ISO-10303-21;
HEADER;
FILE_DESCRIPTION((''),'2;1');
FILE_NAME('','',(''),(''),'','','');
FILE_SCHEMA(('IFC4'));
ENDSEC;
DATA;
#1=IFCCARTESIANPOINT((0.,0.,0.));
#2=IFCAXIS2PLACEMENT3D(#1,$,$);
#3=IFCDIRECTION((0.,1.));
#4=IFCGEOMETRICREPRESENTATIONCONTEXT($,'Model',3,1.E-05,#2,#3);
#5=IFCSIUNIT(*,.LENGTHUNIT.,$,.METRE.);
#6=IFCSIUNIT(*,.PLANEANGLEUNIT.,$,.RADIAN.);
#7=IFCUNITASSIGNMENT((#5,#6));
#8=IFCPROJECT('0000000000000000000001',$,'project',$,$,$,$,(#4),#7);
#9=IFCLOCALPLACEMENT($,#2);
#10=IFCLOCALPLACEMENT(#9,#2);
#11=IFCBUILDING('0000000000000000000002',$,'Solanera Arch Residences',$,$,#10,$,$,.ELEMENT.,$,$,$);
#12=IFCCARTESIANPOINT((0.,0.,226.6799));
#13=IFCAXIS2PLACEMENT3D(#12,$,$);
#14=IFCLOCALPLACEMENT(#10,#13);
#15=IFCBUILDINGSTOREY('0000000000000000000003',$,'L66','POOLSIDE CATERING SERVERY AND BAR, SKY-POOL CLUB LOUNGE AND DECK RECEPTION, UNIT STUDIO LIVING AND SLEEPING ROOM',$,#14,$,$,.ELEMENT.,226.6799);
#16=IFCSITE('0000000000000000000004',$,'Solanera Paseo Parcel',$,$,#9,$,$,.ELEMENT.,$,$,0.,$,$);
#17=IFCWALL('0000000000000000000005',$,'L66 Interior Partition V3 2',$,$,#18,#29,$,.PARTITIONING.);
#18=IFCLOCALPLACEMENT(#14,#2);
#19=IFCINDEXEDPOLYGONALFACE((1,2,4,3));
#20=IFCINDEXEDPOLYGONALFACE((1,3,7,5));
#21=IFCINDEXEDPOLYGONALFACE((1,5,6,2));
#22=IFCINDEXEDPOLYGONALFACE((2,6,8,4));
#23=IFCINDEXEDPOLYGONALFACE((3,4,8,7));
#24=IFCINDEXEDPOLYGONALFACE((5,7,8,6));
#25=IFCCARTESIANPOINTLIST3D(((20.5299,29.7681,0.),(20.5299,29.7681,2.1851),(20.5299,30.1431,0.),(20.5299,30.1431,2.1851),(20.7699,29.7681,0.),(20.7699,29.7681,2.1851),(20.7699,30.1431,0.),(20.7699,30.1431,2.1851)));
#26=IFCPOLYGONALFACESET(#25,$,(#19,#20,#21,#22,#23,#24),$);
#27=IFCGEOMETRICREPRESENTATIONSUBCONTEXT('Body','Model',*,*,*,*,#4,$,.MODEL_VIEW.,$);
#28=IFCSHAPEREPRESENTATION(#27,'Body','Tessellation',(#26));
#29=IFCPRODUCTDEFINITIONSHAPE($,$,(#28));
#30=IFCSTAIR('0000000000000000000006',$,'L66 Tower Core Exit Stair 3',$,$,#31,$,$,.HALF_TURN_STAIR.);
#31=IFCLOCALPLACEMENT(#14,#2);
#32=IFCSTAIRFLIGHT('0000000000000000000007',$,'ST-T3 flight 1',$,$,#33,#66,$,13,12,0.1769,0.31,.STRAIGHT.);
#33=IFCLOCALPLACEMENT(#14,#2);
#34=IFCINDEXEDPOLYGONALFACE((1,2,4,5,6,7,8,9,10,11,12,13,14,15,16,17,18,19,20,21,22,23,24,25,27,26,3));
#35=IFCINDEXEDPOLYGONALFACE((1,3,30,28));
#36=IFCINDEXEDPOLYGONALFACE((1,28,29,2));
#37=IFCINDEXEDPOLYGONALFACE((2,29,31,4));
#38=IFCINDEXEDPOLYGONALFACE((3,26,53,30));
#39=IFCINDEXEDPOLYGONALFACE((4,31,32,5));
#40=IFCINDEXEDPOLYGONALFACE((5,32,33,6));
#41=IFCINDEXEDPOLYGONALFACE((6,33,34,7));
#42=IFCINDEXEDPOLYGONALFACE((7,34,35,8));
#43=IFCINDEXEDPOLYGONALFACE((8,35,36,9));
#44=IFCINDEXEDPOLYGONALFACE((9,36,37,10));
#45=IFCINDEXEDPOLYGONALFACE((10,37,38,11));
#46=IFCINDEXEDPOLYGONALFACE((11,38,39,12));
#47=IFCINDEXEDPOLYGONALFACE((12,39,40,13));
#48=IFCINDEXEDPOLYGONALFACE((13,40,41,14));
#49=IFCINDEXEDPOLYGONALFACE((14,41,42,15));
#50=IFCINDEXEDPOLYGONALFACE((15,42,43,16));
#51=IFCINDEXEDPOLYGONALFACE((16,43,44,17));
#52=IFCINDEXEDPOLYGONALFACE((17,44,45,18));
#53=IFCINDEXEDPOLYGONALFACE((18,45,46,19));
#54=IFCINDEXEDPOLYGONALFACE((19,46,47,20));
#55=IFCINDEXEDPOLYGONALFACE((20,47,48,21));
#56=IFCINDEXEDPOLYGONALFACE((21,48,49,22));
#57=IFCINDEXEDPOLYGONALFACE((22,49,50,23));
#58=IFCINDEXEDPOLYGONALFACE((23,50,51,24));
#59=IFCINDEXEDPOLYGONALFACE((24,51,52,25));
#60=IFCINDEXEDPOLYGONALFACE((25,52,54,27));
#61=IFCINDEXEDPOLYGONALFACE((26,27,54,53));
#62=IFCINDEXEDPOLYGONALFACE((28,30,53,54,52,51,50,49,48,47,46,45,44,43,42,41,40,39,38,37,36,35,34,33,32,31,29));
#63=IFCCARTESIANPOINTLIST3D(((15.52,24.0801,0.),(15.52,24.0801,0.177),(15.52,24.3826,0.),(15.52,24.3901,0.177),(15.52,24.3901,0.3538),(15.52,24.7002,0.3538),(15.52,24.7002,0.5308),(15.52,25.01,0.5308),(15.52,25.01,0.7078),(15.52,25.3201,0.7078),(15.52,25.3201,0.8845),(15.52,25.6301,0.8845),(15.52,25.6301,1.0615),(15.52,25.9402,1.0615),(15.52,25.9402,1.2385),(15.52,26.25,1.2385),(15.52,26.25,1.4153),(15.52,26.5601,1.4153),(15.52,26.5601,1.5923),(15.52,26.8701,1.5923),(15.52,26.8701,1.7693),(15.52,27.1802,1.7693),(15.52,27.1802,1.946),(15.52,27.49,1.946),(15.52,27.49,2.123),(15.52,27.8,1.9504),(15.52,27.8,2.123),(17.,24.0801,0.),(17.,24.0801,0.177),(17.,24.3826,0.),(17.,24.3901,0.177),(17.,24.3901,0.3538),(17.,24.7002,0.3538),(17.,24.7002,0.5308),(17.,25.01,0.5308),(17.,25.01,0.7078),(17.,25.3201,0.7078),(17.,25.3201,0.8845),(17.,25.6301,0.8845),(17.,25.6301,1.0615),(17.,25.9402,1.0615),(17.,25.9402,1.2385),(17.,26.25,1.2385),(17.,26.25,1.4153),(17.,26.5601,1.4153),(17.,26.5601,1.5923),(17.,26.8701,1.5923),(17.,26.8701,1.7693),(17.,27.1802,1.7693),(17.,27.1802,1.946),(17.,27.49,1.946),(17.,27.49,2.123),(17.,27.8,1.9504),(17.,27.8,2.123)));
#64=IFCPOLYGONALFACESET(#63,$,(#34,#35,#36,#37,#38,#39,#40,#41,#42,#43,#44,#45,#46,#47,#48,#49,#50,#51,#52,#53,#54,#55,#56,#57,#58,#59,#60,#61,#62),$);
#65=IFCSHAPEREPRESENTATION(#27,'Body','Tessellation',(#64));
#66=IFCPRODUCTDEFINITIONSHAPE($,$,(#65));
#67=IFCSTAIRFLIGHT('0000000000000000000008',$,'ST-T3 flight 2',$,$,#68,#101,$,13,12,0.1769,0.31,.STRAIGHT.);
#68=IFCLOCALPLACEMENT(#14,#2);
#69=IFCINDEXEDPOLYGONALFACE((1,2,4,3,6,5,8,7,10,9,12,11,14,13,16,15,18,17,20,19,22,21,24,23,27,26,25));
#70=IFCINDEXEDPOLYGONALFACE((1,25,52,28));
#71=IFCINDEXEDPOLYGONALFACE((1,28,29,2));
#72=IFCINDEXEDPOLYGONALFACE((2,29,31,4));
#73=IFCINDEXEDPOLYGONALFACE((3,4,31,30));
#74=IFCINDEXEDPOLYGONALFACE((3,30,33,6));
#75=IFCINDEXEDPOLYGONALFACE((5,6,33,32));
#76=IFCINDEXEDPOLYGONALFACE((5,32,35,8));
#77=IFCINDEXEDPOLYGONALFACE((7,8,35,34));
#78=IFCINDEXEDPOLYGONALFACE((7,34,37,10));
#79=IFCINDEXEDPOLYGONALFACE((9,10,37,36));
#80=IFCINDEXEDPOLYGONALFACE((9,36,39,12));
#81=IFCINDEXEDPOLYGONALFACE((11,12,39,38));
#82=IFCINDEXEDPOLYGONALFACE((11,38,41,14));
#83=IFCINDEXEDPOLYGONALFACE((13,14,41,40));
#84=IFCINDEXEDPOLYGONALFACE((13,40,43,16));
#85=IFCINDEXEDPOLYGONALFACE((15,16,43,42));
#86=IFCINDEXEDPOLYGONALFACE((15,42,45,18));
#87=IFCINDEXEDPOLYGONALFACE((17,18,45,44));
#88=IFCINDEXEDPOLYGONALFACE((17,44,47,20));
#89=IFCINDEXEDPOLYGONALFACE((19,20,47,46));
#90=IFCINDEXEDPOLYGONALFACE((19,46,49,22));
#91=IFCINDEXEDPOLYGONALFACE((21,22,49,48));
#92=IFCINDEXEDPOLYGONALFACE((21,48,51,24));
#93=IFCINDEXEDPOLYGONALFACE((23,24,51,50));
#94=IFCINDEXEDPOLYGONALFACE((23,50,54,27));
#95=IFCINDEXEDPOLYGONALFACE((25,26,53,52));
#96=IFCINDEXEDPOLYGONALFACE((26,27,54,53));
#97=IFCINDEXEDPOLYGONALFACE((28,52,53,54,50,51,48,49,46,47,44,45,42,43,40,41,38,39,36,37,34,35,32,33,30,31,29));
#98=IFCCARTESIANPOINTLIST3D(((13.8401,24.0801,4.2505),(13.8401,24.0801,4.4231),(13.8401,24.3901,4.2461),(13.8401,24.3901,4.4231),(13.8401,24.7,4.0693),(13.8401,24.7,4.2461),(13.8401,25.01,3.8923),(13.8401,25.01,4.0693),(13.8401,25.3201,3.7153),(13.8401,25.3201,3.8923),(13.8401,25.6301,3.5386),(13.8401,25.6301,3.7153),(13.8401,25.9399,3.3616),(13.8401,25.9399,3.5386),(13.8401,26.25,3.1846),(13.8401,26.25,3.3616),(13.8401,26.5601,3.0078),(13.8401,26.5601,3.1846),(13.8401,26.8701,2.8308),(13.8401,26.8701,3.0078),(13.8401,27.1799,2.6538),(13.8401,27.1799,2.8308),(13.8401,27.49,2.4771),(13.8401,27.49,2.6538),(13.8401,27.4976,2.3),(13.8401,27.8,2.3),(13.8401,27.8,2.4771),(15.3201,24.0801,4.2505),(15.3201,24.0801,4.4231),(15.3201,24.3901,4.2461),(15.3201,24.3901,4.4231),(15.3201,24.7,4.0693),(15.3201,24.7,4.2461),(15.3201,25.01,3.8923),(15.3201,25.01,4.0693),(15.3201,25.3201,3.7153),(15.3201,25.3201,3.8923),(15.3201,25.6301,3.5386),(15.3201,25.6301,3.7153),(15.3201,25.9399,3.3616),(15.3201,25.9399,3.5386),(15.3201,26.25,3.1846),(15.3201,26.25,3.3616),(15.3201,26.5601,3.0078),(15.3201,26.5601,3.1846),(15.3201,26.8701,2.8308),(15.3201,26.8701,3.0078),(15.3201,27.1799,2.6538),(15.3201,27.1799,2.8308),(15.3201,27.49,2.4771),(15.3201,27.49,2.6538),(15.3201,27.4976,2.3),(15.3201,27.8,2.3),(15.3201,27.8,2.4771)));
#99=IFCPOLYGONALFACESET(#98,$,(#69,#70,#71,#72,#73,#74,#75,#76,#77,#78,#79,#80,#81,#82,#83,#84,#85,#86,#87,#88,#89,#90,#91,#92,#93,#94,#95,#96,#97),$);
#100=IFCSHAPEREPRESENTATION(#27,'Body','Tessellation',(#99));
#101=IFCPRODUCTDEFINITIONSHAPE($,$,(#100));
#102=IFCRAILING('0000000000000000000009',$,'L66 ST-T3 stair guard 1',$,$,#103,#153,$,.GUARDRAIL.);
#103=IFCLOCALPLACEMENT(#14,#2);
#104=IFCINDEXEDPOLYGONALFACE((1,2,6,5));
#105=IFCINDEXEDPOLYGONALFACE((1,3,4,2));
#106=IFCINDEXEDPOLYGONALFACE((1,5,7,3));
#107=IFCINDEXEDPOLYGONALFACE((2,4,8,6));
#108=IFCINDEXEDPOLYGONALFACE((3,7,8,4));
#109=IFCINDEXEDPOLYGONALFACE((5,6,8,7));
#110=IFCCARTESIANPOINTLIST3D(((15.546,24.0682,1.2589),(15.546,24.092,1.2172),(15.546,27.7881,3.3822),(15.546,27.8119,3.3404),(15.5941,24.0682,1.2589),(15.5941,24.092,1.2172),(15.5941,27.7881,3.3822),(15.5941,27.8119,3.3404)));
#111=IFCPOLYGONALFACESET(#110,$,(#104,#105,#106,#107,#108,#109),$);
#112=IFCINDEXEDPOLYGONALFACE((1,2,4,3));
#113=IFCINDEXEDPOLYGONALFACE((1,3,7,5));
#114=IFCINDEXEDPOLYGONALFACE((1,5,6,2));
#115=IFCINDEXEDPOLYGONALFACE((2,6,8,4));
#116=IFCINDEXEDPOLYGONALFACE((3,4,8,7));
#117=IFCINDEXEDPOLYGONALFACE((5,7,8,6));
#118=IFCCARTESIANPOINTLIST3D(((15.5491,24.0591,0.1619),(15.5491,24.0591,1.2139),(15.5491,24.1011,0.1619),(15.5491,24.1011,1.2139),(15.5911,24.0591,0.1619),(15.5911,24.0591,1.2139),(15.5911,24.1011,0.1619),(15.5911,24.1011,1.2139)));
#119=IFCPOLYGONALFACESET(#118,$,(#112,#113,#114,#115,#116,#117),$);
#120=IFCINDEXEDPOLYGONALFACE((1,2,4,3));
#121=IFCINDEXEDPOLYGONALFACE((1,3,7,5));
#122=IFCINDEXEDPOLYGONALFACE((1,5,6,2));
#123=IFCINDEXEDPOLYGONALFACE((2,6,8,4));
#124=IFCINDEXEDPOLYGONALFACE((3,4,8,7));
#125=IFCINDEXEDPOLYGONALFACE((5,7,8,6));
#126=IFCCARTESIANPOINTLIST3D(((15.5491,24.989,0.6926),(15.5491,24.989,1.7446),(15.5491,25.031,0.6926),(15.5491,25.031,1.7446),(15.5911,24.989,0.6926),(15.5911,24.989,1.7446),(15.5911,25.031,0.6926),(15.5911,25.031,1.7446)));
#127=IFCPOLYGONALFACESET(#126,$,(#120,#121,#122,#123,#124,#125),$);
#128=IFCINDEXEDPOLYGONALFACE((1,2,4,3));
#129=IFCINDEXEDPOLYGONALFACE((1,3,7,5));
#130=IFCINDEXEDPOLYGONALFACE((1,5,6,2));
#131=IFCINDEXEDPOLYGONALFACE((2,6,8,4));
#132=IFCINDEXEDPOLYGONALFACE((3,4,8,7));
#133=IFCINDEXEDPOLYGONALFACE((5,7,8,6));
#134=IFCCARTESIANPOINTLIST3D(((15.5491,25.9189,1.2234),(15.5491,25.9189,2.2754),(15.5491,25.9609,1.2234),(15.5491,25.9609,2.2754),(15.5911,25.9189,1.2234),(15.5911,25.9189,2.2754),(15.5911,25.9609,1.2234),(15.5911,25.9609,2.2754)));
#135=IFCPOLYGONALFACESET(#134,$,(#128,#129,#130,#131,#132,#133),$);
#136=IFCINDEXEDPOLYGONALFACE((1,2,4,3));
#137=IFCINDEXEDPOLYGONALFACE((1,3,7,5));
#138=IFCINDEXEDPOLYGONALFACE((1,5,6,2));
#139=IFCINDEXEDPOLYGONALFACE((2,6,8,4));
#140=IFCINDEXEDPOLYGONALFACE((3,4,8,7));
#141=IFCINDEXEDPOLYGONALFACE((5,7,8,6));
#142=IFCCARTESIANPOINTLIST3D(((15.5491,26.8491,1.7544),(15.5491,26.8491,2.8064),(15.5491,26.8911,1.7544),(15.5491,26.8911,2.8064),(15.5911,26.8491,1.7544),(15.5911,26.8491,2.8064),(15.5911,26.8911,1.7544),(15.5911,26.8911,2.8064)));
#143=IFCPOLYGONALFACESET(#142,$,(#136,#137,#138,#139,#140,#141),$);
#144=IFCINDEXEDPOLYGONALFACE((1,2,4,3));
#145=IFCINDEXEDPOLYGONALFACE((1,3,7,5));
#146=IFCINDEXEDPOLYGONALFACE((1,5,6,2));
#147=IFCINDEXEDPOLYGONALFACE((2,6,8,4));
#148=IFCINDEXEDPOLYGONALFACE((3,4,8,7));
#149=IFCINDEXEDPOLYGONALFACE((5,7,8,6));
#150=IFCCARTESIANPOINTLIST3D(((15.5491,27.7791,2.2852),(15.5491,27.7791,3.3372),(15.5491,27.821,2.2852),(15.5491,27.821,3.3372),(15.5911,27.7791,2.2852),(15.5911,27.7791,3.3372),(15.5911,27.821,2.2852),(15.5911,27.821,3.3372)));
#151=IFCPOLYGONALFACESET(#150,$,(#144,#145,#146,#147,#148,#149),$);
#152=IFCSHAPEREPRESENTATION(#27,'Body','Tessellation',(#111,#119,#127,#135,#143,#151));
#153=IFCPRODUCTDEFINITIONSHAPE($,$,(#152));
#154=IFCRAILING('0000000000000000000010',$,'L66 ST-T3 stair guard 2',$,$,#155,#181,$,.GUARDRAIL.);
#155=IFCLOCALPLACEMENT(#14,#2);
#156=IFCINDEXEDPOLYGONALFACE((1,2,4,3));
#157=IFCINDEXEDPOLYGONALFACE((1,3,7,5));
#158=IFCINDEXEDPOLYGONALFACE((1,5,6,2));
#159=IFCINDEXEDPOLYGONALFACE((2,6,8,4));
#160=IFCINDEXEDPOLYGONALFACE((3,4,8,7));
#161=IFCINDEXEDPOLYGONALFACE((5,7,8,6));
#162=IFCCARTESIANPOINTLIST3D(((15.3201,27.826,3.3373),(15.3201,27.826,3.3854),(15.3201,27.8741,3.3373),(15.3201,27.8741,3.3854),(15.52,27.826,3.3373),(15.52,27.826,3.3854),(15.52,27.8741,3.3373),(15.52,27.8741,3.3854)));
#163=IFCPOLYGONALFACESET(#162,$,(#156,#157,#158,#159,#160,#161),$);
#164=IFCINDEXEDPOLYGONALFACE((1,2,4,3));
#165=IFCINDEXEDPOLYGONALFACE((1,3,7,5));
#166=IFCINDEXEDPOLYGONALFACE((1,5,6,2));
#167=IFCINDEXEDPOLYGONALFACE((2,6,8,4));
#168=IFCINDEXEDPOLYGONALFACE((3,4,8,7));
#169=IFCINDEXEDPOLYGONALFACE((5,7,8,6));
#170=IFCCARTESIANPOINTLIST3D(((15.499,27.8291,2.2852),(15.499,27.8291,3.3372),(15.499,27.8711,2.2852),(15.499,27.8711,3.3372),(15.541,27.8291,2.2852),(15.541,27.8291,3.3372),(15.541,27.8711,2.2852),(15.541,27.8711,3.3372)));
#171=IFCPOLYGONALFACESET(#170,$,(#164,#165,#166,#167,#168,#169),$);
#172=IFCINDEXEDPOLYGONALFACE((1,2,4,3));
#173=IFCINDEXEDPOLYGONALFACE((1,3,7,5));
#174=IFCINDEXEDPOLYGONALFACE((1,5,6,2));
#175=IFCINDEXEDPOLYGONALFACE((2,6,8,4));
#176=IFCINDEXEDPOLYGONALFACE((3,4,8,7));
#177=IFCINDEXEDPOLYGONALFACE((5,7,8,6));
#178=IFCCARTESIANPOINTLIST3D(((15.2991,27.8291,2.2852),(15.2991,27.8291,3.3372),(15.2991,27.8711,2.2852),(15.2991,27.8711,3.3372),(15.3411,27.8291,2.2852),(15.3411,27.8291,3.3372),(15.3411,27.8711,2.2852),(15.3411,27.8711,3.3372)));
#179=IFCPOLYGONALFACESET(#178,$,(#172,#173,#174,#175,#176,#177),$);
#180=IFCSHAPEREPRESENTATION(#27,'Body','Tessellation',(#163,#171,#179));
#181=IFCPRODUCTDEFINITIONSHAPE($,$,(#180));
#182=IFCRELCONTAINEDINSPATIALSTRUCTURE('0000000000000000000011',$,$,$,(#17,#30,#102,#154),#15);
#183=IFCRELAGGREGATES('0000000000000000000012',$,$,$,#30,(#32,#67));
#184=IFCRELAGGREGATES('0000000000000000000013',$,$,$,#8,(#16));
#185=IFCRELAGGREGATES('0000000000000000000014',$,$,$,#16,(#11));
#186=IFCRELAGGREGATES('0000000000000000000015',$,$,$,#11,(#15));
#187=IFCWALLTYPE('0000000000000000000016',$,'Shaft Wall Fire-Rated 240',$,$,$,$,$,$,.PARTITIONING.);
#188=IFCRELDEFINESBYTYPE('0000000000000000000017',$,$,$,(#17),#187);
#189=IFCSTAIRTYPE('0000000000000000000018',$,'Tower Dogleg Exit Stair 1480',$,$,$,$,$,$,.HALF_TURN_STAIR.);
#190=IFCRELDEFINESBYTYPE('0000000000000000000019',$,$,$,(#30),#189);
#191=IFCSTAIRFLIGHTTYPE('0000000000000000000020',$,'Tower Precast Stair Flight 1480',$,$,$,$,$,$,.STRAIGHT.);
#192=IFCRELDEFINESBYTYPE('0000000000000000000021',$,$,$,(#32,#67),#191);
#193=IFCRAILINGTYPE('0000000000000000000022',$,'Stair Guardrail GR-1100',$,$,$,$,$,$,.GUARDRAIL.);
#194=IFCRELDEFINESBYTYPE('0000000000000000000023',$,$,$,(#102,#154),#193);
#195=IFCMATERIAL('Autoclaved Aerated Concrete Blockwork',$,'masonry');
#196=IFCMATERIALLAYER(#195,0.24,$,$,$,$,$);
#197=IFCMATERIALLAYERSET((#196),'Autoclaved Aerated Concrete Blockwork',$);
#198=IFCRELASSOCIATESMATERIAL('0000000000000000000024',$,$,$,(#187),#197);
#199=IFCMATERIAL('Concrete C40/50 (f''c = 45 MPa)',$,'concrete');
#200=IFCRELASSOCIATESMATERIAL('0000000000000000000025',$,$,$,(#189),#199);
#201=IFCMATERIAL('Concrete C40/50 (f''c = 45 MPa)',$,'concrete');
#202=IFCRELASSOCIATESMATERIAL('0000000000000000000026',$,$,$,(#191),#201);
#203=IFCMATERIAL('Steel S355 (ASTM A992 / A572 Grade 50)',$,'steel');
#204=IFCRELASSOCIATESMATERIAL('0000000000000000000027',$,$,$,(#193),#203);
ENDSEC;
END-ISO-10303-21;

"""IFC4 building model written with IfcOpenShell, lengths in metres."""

from ifc_helpers import new_model, si_unit, direction, frame, frame_2d, origin, origin_2d, place, context, subcontext, project, spatial, polyline, rectangle, outline, extrude, material, layer, layer_set, type_object, element, aggregate, save


model = new_model("IFC4")

# Units and contexts
model_context = context("Model", 3, precision=1e-05, world=origin(), true_north=direction((0.0, 1.0)))
body_context = subcontext(model_context, "Body", "Model", "MODEL_VIEW")
ifc_project = project(units=[si_unit("LENGTHUNIT", "METRE"), si_unit("PLANEANGLEUNIT", "RADIAN")], contexts=[model_context])

# Site, building, storey
site_placement = place(None, origin())
site = spatial("IfcSite", under=ifc_project, at=site_placement, Name="Solanera Paseo Parcel", CompositionType="ELEMENT", RefElevation=0.0)
building_placement = place(site_placement, origin())
building = spatial("IfcBuilding", under=site, at=building_placement, Name="Solanera Arch Residences", CompositionType="ELEMENT")
storey_placement = place(building_placement, frame((0.0, 0.0, 226.6799)))
storey = spatial("IfcBuildingStorey", under=building, at=storey_placement, Name="L66", Description="POOLSIDE CATERING SERVERY AND BAR, SKY-POOL CLUB LOUNGE AND DECK RECEPTION, UNIT STUDIO LIVING AND SLEEPING ROOM", CompositionType="ELEMENT", Elevation=226.6799)

# Shared definitions
ifc_material_1 = material(Name="Autoclaved Aerated Concrete Blockwork", Category="masonry")
ifc_layer_1 = layer(ifc_material_1, 0.24)
ifc_layer_set_1 = layer_set([ifc_layer_1], Name="Autoclaved Aerated Concrete Blockwork")
wall_type_1 = type_object("IfcWallType", Name="Shaft Wall Fire-Rated 240", PredefinedType="PARTITIONING", material=ifc_layer_set_1)

# Wall
wall_1_placement = place(storey_placement, frame((20.6499, 29.7681, 0.0), z_axis=(0.0, 0.0, 1.0), x_axis=(0.0, 1.0, 0.0)))
element("IfcWall", 1, at=wall_1_placement, inside=storey, type_object=wall_type_1, Name="L66 Interior Partition V3 2", PredefinedType="PARTITIONING", context=body_context, shape_type="SweptSolid", body=[
    extrude(rectangle(XDim=0.375, YDim=0.24, at=frame_2d((0.1875, 0.0))), origin(), (0.0, 0.0, 1.0), 2.1851),
])

# Stair, stair flights
ifc_material_2 = material(Name="Concrete C40/50 (f'c = 45 MPa)", Category="concrete")
stair_type = type_object("IfcStairType", Name="Tower Dogleg Exit Stair 1480", PredefinedType="HALF_TURN_STAIR", material=ifc_material_2)
stair_placement = place(storey_placement, origin())
stair = element("IfcStair", 2, at=stair_placement, inside=storey, type_object=stair_type, Name="L66 Tower Core Exit Stair 3", PredefinedType="HALF_TURN_STAIR")
ifc_material_3 = material(Name="Concrete C40/50 (f'c = 45 MPa)", Category="concrete")
stair_flight_type = type_object("IfcStairFlightType", Name="Tower Precast Stair Flight 1480", PredefinedType="STRAIGHT", material=ifc_material_3)
stair_flight_1_placement = place(storey_placement, frame((16.26, 24.0801, 0.0), z_axis=(0.0, 0.0, 1.0), x_axis=(0.0, 1.0, 0.0)))
stair_flight_1 = element("IfcStairFlight", 3, at=stair_flight_1_placement, type_object=stair_flight_type, Name="ST-T3 flight 1", NumberOfRisers=13, NumberOfTreads=12, PredefinedType="STRAIGHT", RiserHeight=0.1769, TreadLength=0.31, context=body_context, shape_type="SweptSolid", body=[
    extrude(outline(polyline([(0.0, 0.0), (0.0, 0.177), (0.3101, 0.177), (0.3101, 0.3538), (0.6201, 0.3538), (0.6201, 0.5308), (0.9299, 0.5308), (0.9299, 0.7078), (1.24, 0.7078), (1.24, 0.8845), (1.55, 0.8845), (1.55, 1.0615), (1.8601, 1.0615), (1.8601, 1.2385), (2.1699, 1.2385), (2.1699, 1.4153), (2.48, 1.4153), (2.48, 1.5923), (2.79, 1.5923), (2.79, 1.7693), (3.1001, 1.7693), (3.1001, 1.946), (3.4099, 1.946), (3.4099, 2.123), (3.72, 2.123), (3.72, 2.3), (3.72, 1.9504), (0.3025, 0.0), (0.0, 0.0)])), frame((0.0, 0.74, 0.0), z_axis=(0.0, -1.0, 0.0), x_axis=(1.0, 0.0, 0.0)), (0.0, 0.0, 1.0), 1.48),
])
stair_flight_2_placement = place(storey_placement, frame((14.5801, 27.8, 2.3), z_axis=(0.0, 0.0, 1.0), x_axis=(0.0, -1.0, 0.0)))
stair_flight_2 = element("IfcStairFlight", 4, at=stair_flight_2_placement, type_object=stair_flight_type, Name="ST-T3 flight 2", NumberOfRisers=13, NumberOfTreads=12, PredefinedType="STRAIGHT", RiserHeight=0.1769, TreadLength=0.31, context=body_context, shape_type="SweptSolid", body=[
    extrude(outline(polyline([(0.0, 0.0), (0.0, 0.177), (0.3101, 0.177), (0.3101, 0.3538), (0.6201, 0.3538), (0.6201, 0.5308), (0.9299, 0.5308), (0.9299, 0.7078), (1.24, 0.7078), (1.24, 0.8845), (1.55, 0.8845), (1.55, 1.0615), (1.8601, 1.0615), (1.8601, 1.2385), (2.1699, 1.2385), (2.1699, 1.4153), (2.48, 1.4153), (2.48, 1.5923), (2.79, 1.5923), (2.79, 1.7693), (3.1001, 1.7693), (3.1001, 1.946), (3.4099, 1.946), (3.4099, 2.123), (3.72, 2.123), (3.72, 2.3), (3.72, 1.9504), (0.3025, 0.0), (0.0, 0.0)])), frame((0.0, 0.74, 0.0), z_axis=(0.0, -1.0, 0.0), x_axis=(1.0, 0.0, 0.0)), (0.0, 0.0, 1.0), 1.48),
])
aggregate(stair, [stair_flight_1, stair_flight_2])

# Railings
ifc_material_4 = material(Name="Steel S355 (ASTM A992 / A572 Grade 50)", Category="steel")
railing_type_1 = type_object("IfcRailingType", Name="Stair Guardrail GR-1100", PredefinedType="GUARDRAIL", material=ifc_material_4)
railing_1_placement = place(storey_placement, frame((15.5701, 24.0801, 0.1619)))
element("IfcRailing", 5, at=railing_1_placement, inside=storey, type_object=railing_type_1, Name="L66 ST-T3 stair guard 1", PredefinedType="GUARDRAIL", context=body_context, shape_type="SweptSolid", body=[
    extrude(rectangle(XDim=0.0481, YDim=0.0481, at=origin_2d()), frame((0.0, 0.0, 1.0762), z_axis=(0.0, 0.868485, 0.495715), x_axis=(-1.0, 0.0, 0.0)), (0.0, 0.0, 1.0), 4.2832),
    extrude(rectangle(XDim=0.042, YDim=0.042, at=origin_2d()), origin(), (0.0, 0.0, 1.0), 1.052),
    extrude(rectangle(XDim=0.042, YDim=0.042, at=origin_2d()), frame((0.0, 0.9299, 0.5308)), (0.0, 0.0, 1.0), 1.052),
    extrude(rectangle(XDim=0.042, YDim=0.042, at=origin_2d()), frame((0.0, 1.8599, 1.0615)), (0.0, 0.0, 1.0), 1.052),
    extrude(rectangle(XDim=0.042, YDim=0.042, at=origin_2d()), frame((0.0, 2.79, 1.5925)), (0.0, 0.0, 1.0), 1.052),
    extrude(rectangle(XDim=0.042, YDim=0.042, at=origin_2d()), frame((0.0, 3.72, 2.1233)), (0.0, 0.0, 1.0), 1.052),
])
railing_2_placement = place(storey_placement, frame((15.52, 27.8501, 2.2852)))
element("IfcRailing", 6, at=railing_2_placement, inside=storey, type_object=railing_type_1, Name="L66 ST-T3 stair guard 2", PredefinedType="GUARDRAIL", context=body_context, shape_type="SweptSolid", body=[
    extrude(rectangle(XDim=0.0481, YDim=0.0481, at=origin_2d()), frame((0.0, 0.0, 1.0762), z_axis=(-1.0, 0.0, 0.0), x_axis=(0.0, -1.0, 0.0)), (0.0, 0.0, 1.0), 0.2),
    extrude(rectangle(XDim=0.042, YDim=0.042, at=origin_2d()), origin(), (0.0, 0.0, 1.0), 1.052),
    extrude(rectangle(XDim=0.042, YDim=0.042, at=origin_2d()), frame((-0.2, 0.0, 0.0)), (0.0, 0.0, 1.0), 1.052),
])

save(model, "model.ifc")
